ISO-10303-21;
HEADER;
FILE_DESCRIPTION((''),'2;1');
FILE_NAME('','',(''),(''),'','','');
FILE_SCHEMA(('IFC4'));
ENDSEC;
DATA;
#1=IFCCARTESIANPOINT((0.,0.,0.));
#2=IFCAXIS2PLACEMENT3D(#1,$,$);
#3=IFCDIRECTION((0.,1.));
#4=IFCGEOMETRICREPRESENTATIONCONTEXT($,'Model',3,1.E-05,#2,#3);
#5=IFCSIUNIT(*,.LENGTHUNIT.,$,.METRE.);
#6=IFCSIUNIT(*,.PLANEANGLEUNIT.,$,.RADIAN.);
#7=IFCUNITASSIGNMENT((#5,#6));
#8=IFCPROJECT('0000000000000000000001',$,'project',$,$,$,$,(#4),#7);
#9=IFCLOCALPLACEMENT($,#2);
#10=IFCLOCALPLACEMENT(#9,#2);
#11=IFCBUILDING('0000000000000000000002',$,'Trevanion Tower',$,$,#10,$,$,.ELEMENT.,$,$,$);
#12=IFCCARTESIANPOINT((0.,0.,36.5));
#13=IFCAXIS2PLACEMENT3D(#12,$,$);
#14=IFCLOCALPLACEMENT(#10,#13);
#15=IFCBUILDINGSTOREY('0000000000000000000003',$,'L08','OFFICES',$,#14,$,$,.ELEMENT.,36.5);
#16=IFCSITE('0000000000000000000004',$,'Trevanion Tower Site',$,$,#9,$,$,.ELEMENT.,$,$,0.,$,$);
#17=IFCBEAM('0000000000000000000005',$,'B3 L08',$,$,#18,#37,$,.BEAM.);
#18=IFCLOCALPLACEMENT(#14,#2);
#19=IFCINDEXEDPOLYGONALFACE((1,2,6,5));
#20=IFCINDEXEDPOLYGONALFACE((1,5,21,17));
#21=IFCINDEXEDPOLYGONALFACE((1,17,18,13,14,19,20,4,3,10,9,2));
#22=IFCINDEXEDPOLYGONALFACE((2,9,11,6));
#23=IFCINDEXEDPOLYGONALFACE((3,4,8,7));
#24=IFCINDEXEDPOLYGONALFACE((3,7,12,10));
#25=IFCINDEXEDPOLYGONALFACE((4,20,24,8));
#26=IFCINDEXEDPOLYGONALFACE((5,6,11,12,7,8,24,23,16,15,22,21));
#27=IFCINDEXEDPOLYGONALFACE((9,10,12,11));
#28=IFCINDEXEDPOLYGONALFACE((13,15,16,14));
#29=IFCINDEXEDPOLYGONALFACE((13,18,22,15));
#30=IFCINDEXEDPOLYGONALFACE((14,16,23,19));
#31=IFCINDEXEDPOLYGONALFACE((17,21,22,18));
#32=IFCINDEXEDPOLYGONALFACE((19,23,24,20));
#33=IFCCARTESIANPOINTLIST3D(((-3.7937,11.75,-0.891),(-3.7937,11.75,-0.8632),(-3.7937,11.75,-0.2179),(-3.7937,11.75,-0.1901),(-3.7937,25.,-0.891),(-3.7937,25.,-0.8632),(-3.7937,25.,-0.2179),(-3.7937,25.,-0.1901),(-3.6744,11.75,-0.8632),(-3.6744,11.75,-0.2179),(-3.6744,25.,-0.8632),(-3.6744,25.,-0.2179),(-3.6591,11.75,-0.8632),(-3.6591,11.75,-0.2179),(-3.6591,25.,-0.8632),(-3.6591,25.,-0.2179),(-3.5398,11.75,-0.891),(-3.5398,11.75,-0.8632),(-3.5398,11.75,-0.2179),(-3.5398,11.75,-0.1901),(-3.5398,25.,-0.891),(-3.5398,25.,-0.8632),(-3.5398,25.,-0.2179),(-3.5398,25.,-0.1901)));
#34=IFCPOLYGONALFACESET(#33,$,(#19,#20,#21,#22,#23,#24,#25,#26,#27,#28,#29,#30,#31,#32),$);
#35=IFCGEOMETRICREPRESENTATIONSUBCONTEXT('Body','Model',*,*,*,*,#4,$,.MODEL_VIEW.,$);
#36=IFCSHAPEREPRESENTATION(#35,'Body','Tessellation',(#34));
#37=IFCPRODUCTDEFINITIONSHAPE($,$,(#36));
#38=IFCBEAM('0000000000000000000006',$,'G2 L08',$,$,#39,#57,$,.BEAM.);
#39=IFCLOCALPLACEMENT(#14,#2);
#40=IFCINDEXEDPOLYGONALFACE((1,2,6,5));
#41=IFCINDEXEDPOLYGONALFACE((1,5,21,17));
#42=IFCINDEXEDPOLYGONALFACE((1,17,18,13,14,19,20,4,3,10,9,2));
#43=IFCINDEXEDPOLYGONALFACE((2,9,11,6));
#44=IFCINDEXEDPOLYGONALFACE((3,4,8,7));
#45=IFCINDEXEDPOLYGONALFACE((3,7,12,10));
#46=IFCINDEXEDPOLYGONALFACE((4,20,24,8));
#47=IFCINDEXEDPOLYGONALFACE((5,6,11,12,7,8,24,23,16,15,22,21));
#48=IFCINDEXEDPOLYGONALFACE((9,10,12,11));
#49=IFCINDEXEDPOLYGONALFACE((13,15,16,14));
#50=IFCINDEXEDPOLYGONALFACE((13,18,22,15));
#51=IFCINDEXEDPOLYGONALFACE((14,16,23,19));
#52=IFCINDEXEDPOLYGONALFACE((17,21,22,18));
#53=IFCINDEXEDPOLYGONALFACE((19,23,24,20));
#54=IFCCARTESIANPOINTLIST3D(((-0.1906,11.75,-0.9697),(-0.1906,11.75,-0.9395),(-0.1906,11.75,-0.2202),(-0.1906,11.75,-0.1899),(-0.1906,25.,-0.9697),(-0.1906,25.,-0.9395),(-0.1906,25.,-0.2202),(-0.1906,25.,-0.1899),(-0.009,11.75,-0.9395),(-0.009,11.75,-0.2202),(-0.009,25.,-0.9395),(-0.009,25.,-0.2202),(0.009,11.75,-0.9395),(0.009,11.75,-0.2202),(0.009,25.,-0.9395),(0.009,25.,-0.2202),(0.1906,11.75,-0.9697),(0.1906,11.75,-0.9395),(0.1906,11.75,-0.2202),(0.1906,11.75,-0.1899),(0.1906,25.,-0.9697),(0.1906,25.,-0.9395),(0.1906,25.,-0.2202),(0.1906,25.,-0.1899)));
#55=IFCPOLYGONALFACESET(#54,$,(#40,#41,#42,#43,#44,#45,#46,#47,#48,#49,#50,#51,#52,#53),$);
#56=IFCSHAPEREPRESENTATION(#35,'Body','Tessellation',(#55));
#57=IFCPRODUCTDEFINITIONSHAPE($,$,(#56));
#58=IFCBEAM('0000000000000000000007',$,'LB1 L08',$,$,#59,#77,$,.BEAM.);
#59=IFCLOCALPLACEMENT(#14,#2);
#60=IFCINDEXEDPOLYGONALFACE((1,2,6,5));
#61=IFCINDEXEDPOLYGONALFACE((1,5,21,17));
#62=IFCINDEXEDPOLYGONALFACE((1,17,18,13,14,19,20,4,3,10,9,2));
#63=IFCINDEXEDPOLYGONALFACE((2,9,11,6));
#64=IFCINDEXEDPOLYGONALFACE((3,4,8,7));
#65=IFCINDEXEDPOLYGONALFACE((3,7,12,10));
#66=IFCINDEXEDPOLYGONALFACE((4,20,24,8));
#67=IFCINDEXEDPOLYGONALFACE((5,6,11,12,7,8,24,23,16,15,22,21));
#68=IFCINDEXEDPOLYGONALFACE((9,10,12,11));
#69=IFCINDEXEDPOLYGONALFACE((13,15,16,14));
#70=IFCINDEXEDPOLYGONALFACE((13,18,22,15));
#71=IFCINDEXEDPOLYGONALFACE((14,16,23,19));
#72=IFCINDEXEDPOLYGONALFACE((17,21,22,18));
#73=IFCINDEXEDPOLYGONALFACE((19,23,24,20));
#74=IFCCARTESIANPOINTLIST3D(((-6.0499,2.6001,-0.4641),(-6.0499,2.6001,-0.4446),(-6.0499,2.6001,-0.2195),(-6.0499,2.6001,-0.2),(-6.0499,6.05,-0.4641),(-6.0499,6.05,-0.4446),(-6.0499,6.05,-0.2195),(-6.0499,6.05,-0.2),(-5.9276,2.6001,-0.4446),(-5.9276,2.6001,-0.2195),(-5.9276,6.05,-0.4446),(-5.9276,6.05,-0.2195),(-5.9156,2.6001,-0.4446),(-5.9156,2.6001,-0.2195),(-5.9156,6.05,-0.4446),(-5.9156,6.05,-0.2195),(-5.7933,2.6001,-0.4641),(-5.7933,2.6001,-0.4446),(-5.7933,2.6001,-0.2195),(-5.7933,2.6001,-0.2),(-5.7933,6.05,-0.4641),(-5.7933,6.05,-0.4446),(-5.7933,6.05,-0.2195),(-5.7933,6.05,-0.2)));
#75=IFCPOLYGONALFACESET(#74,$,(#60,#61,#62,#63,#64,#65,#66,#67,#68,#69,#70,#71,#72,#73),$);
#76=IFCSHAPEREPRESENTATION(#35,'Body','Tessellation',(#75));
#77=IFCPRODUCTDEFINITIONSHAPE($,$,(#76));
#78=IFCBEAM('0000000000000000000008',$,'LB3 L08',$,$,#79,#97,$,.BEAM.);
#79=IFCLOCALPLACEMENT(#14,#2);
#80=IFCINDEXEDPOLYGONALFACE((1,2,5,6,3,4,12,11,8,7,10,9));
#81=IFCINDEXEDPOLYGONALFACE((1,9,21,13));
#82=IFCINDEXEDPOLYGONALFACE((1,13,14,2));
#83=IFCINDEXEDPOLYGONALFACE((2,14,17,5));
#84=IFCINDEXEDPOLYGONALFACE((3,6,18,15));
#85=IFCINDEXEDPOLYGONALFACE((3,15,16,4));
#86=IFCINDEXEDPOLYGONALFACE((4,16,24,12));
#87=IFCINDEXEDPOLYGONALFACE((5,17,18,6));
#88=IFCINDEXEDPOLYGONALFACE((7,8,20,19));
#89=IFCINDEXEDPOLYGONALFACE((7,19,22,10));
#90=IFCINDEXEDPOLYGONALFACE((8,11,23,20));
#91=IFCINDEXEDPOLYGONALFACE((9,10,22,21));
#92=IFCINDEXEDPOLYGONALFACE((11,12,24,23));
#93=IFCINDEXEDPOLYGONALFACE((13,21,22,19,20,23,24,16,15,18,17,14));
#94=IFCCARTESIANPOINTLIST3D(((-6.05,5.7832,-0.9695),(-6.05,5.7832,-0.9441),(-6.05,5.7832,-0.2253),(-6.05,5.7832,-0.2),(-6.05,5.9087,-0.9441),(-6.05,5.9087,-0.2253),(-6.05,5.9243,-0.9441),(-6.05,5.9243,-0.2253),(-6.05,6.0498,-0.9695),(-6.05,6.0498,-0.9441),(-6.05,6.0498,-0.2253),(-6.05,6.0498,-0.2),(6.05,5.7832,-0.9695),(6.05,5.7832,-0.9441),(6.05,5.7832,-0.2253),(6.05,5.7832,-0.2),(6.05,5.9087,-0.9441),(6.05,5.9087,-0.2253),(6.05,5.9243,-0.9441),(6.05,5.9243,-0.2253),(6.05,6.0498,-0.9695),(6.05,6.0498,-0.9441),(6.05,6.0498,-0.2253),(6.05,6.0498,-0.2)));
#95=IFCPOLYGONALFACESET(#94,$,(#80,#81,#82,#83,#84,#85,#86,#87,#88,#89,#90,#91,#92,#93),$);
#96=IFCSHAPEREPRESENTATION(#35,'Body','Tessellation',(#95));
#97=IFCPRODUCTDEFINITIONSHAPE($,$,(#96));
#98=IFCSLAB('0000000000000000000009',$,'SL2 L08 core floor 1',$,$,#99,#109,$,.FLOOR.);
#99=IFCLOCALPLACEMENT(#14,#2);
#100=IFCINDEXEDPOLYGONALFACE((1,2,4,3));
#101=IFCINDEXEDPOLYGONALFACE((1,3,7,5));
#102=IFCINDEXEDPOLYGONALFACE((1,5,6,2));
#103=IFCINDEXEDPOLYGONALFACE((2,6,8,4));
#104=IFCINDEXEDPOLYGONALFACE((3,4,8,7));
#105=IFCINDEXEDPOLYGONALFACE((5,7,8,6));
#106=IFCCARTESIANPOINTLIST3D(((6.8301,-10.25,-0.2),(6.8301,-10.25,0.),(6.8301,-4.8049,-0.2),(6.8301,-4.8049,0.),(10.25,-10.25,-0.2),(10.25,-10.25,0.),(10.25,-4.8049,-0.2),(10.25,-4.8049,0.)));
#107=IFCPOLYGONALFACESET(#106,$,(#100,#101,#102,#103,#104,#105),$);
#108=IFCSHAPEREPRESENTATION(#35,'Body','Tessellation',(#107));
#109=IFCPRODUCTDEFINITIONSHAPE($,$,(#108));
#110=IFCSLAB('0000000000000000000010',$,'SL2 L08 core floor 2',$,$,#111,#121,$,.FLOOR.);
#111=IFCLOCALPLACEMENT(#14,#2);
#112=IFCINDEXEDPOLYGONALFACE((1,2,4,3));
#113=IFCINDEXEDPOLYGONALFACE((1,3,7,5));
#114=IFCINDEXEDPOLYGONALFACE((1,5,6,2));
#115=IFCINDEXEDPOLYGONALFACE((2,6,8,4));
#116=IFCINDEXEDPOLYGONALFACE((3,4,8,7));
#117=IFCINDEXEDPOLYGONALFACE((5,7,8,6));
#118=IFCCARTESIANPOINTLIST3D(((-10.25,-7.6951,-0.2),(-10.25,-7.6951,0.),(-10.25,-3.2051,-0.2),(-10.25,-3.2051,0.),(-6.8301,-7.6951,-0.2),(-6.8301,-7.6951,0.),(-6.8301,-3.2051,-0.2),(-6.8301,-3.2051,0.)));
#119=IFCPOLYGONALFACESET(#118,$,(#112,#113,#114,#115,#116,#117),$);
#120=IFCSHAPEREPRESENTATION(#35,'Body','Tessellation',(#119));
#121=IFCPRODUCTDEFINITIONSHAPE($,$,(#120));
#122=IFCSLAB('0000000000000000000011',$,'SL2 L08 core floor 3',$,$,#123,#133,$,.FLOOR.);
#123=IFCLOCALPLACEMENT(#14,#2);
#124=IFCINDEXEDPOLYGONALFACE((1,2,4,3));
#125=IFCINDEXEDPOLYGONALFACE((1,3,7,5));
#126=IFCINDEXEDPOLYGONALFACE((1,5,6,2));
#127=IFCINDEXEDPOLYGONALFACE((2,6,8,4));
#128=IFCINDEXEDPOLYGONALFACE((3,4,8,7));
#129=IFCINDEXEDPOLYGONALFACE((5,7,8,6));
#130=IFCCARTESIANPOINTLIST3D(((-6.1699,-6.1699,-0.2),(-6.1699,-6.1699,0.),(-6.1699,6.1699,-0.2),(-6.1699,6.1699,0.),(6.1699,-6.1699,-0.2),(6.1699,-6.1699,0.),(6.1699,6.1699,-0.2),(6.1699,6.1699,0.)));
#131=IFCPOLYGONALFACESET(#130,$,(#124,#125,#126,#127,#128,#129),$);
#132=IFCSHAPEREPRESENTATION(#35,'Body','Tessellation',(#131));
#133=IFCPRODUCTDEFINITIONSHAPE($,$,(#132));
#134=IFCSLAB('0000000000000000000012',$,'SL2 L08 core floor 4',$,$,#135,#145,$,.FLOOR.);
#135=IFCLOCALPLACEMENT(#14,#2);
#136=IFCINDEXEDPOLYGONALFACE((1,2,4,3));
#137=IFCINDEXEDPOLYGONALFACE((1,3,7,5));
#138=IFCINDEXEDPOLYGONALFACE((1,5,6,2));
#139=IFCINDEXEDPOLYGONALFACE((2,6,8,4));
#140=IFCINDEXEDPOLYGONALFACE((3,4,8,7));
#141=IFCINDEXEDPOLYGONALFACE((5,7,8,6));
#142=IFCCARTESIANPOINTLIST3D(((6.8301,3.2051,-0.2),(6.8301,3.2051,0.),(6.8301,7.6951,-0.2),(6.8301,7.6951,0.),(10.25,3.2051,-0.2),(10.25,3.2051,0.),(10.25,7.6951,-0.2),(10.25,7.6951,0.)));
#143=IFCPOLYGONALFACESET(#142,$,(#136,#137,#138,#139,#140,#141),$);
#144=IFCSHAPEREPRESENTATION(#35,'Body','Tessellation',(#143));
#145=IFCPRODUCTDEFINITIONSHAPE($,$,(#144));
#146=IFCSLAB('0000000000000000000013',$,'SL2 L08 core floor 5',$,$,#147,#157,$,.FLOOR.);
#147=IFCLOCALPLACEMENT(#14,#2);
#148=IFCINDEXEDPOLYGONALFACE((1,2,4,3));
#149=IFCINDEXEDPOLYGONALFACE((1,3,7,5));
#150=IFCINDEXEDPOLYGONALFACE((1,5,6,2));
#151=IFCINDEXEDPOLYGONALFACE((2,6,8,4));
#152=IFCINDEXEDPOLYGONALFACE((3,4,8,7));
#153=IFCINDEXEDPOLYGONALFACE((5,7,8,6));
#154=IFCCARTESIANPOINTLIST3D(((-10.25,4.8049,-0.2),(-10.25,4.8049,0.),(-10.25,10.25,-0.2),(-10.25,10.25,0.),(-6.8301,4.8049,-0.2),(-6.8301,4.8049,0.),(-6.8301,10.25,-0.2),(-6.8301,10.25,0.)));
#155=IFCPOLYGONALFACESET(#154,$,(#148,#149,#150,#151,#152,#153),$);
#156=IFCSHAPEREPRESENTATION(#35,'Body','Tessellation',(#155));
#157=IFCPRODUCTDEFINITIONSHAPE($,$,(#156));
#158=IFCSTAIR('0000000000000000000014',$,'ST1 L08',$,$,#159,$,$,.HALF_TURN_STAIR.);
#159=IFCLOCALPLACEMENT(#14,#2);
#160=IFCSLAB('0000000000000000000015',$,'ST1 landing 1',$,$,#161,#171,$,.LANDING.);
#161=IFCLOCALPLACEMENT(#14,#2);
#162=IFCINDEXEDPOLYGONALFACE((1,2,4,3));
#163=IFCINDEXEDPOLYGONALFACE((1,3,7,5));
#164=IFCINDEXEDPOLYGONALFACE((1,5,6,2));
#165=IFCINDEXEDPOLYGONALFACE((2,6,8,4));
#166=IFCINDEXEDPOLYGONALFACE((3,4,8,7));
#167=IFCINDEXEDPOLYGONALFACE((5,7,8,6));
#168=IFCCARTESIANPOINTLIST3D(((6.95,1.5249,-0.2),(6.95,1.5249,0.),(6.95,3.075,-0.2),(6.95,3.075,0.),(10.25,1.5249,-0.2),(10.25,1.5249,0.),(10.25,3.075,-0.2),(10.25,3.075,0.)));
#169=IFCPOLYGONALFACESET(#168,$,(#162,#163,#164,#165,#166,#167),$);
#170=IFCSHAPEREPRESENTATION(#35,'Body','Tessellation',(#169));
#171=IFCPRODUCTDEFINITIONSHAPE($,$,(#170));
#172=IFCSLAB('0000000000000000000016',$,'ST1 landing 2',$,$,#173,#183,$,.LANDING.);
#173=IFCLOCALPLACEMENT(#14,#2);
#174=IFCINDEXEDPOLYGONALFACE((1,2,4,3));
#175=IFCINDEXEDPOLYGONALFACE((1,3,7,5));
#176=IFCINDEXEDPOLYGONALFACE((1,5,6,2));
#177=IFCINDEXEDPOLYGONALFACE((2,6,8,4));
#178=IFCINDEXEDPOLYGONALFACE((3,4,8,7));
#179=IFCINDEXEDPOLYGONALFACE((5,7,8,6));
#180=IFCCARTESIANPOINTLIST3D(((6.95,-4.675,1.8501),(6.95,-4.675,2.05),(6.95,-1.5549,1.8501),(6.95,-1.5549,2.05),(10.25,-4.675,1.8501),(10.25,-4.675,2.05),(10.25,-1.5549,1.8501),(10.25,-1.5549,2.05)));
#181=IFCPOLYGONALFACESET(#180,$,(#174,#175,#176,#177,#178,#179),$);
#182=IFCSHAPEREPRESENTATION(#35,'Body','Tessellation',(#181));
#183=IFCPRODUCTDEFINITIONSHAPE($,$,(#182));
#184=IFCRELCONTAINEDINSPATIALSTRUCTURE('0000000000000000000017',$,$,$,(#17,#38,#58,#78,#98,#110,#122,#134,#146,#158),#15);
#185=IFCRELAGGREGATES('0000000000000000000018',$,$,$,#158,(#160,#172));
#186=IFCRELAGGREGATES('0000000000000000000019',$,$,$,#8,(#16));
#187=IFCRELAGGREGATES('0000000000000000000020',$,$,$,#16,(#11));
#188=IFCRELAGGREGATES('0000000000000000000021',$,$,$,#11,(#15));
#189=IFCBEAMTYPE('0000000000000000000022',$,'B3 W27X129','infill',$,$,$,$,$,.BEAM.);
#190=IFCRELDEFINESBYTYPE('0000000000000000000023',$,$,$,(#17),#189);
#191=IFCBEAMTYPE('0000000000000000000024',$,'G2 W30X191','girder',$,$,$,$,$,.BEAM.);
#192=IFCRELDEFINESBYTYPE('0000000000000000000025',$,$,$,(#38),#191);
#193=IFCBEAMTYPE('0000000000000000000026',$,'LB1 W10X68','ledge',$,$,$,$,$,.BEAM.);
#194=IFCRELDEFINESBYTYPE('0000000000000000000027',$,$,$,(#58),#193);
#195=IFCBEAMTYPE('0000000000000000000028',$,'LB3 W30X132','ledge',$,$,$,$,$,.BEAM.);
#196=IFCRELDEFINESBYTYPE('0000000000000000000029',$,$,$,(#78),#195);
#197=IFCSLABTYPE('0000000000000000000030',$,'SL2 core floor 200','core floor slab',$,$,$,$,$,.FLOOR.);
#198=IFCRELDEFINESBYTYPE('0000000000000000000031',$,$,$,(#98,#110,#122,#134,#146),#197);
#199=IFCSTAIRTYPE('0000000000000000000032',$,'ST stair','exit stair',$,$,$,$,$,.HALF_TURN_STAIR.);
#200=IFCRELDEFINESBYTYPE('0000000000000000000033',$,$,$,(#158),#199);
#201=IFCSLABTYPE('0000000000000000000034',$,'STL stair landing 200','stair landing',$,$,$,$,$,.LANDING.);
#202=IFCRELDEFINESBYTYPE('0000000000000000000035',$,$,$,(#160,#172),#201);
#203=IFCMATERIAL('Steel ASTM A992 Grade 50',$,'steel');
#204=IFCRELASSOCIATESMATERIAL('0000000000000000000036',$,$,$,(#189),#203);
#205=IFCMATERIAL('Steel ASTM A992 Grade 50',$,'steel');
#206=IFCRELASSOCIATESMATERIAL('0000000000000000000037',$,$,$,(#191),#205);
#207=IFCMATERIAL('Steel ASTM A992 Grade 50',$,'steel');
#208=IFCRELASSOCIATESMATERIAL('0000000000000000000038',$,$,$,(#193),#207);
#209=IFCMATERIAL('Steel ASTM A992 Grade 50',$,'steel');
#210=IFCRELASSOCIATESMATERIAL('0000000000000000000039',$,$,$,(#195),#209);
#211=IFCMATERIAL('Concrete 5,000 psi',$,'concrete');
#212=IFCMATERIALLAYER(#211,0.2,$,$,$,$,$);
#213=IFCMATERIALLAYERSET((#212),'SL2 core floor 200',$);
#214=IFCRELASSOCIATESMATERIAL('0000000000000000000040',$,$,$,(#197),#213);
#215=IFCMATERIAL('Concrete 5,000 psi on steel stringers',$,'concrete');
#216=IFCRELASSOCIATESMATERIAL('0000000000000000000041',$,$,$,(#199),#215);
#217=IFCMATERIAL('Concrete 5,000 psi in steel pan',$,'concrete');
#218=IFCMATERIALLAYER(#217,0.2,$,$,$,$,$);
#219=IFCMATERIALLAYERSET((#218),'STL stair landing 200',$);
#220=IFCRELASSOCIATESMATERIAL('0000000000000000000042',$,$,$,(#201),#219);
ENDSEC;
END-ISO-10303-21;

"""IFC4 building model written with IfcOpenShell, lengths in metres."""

from ifc_helpers import new_model, si_unit, direction, frame, origin, origin_2d, place, context, subcontext, project, spatial, polyline, i_section, outline, extrude, material, layer, layer_set, material_profile, profile_set, type_object, element, aggregate, save


model = new_model("IFC4")

# Units and contexts
model_context = context("Model", 3, precision=1e-05, world=origin(), true_north=direction((0.0, 1.0)))
body_context = subcontext(model_context, "Body", "Model", "MODEL_VIEW")
ifc_project = project(units=[si_unit("LENGTHUNIT", "METRE"), si_unit("PLANEANGLEUNIT", "RADIAN")], contexts=[model_context])

# Site, building, storey
site_placement = place(None, origin())
site = spatial("IfcSite", under=ifc_project, at=site_placement, Name="Trevanion Tower Site", CompositionType="ELEMENT", RefElevation=0.0)
building_placement = place(site_placement, origin())
building = spatial("IfcBuilding", under=site, at=building_placement, Name="Trevanion Tower", CompositionType="ELEMENT")
storey_placement = place(building_placement, frame((0.0, 0.0, 36.5)))
storey = spatial("IfcBuildingStorey", under=building, at=storey_placement, Name="L08", Description="OFFICES", CompositionType="ELEMENT", Elevation=36.5)

# Beams
ifc_material_1 = material(Name="Steel ASTM A992 Grade 50", Category="steel")
ifc_material_profile_1 = material_profile(ifc_material_1, i_section(OverallWidth=0.2539, OverallDepth=0.7009, WebThickness=0.0154, FlangeThickness=0.0278, at=origin_2d()), Name="W27X129")
ifc_profile_set_1 = profile_set([ifc_material_profile_1], Name="Steel ASTM A992 Grade 50")
beam_type_1 = type_object("IfcBeamType", Name="B3 W27X129", Description="infill", PredefinedType="BEAM", material=ifc_profile_set_1)
beam_1_placement = place(storey_placement, frame((-3.6667, 11.75, -0.5405), z_axis=(0.0, 1.0, 0.0), x_axis=(-1.0, 0.0, 0.0)))
element("IfcBeam", 1, at=beam_1_placement, inside=storey, type_object=beam_type_1, Name="B3 L08", PredefinedType="BEAM", context=body_context, shape_type="SweptSolid", body=[
    extrude(i_section(OverallWidth=0.2539, OverallDepth=0.7009, WebThickness=0.0154, FlangeThickness=0.0278, at=origin_2d()), origin(), (0.0, 0.0, 1.0), 13.25),
])
ifc_material_2 = material(Name="Steel ASTM A992 Grade 50", Category="steel")
ifc_material_profile_2 = material_profile(ifc_material_2, i_section(OverallWidth=0.3811, OverallDepth=0.7798, WebThickness=0.0181, FlangeThickness=0.0303, at=origin_2d()), Name="W30X191")
ifc_profile_set_2 = profile_set([ifc_material_profile_2], Name="Steel ASTM A992 Grade 50")
beam_type_2 = type_object("IfcBeamType", Name="G2 W30X191", Description="girder", PredefinedType="BEAM", material=ifc_profile_set_2)
beam_2_placement = place(storey_placement, frame((0.0, 11.75, -0.5798), z_axis=(0.0, 1.0, 0.0), x_axis=(-1.0, 0.0, 0.0)))
element("IfcBeam", 2, at=beam_2_placement, inside=storey, type_object=beam_type_2, Name="G2 L08", PredefinedType="BEAM", context=body_context, shape_type="SweptSolid", body=[
    extrude(i_section(OverallWidth=0.3811, OverallDepth=0.7798, WebThickness=0.0181, FlangeThickness=0.0303, at=origin_2d()), origin(), (0.0, 0.0, 1.0), 13.25),
])
ifc_material_3 = material(Name="Steel ASTM A992 Grade 50", Category="steel")
ifc_material_profile_3 = material_profile(ifc_material_3, i_section(OverallWidth=0.2566, OverallDepth=0.2642, WebThickness=0.012, FlangeThickness=0.0195, at=origin_2d()), Name="W10X68")
ifc_profile_set_3 = profile_set([ifc_material_profile_3], Name="Steel ASTM A992 Grade 50")
beam_type_3 = type_object("IfcBeamType", Name="LB1 W10X68", Description="ledge", PredefinedType="BEAM", material=ifc_profile_set_3)
beam_3_placement = place(storey_placement, frame((-5.9216, 2.6001, -0.332), z_axis=(0.0, 1.0, 0.0), x_axis=(-1.0, 0.0, 0.0)))
element("IfcBeam", 3, at=beam_3_placement, inside=storey, type_object=beam_type_3, Name="LB1 L08", PredefinedType="BEAM", context=body_context, shape_type="SweptSolid", body=[
    extrude(i_section(OverallWidth=0.2566, OverallDepth=0.2642, WebThickness=0.012, FlangeThickness=0.0195, at=origin_2d()), origin(), (0.0, 0.0, 1.0), 3.45),
])
ifc_material_4 = material(Name="Steel ASTM A992 Grade 50", Category="steel")
ifc_material_profile_4 = material_profile(ifc_material_4, i_section(OverallWidth=0.2666, OverallDepth=0.7695, WebThickness=0.0156, FlangeThickness=0.0254, at=origin_2d()), Name="W30X132")
ifc_profile_set_4 = profile_set([ifc_material_profile_4], Name="Steel ASTM A992 Grade 50")
beam_type_4 = type_object("IfcBeamType", Name="LB3 W30X132", Description="ledge", PredefinedType="BEAM", material=ifc_profile_set_4)
beam_4_placement = place(storey_placement, frame((-6.05, 5.9165, -0.5847), z_axis=(1.0, 0.0, 0.0), x_axis=(0.0, 1.0, 0.0)))
element("IfcBeam", 4, at=beam_4_placement, inside=storey, type_object=beam_type_4, Name="LB3 L08", PredefinedType="BEAM", context=body_context, shape_type="SweptSolid", body=[
    extrude(i_section(OverallWidth=0.2666, OverallDepth=0.7695, WebThickness=0.0156, FlangeThickness=0.0254, at=origin_2d()), origin(), (0.0, 0.0, 1.0), 12.1001),
])

# Slabs
ifc_material_5 = material(Name="Concrete 5,000 psi", Category="concrete")
ifc_layer_1 = layer(ifc_material_5, 0.2)
ifc_layer_set_1 = layer_set([ifc_layer_1], Name="SL2 core floor 200")
slab_type_1 = type_object("IfcSlabType", Name="SL2 core floor 200", Description="core floor slab", PredefinedType="FLOOR", material=ifc_layer_set_1)
slab_1_placement = place(storey_placement, frame((0.0, 0.0, -0.2)))
element("IfcSlab", 5, at=slab_1_placement, inside=storey, type_object=slab_type_1, Name="SL2 L08 core floor 1", PredefinedType="FLOOR", context=body_context, shape_type="SweptSolid", body=[
    extrude(outline(polyline([(10.25, -4.8049), (10.25, -10.25), (6.8301, -10.25), (6.8301, -4.8049), (10.25, -4.8049)])), origin(), (0.0, 0.0, 1.0), 0.2),
])
slab_2_placement = place(storey_placement, frame((0.0, 0.0, -0.2)))
element("IfcSlab", 6, at=slab_2_placement, inside=storey, type_object=slab_type_1, Name="SL2 L08 core floor 2", PredefinedType="FLOOR", context=body_context, shape_type="SweptSolid", body=[
    extrude(outline(polyline([(-6.8301, -3.2051), (-6.8301, -7.6951), (-10.25, -7.6951), (-10.25, -3.2051), (-6.8301, -3.2051)])), origin(), (0.0, 0.0, 1.0), 0.2),
])
slab_3_placement = place(storey_placement, frame((0.0, 0.0, -0.2)))
element("IfcSlab", 7, at=slab_3_placement, inside=storey, type_object=slab_type_1, Name="SL2 L08 core floor 3", PredefinedType="FLOOR", context=body_context, shape_type="SweptSolid", body=[
    extrude(outline(polyline([(6.1699, -6.1699), (-6.1699, -6.1699), (-6.1699, 6.1699), (6.1699, 6.1699), (6.1699, -6.1699)])), origin(), (0.0, 0.0, 1.0), 0.2),
])
slab_4_placement = place(storey_placement, frame((0.0, 0.0, -0.2)))
element("IfcSlab", 8, at=slab_4_placement, inside=storey, type_object=slab_type_1, Name="SL2 L08 core floor 4", PredefinedType="FLOOR", context=body_context, shape_type="SweptSolid", body=[
    extrude(outline(polyline([(6.8301, 3.2051), (6.8301, 7.6951), (10.25, 7.6951), (10.25, 3.2051), (6.8301, 3.2051)])), origin(), (0.0, 0.0, 1.0), 0.2),
])
slab_5_placement = place(storey_placement, frame((0.0, 0.0, -0.2)))
element("IfcSlab", 9, at=slab_5_placement, inside=storey, type_object=slab_type_1, Name="SL2 L08 core floor 5", PredefinedType="FLOOR", context=body_context, shape_type="SweptSolid", body=[
    extrude(outline(polyline([(-6.8301, 4.8049), (-10.25, 4.8049), (-10.25, 10.25), (-6.8301, 10.25), (-6.8301, 4.8049)])), origin(), (0.0, 0.0, 1.0), 0.2),
])

# Stair, slabs
ifc_material_6 = material(Name="Concrete 5,000 psi on steel stringers", Category="concrete")
stair_type = type_object("IfcStairType", Name="ST stair", Description="exit stair", PredefinedType="HALF_TURN_STAIR", material=ifc_material_6)
stair_1_placement = place(storey_placement, origin())
stair_1 = element("IfcStair", 10, at=stair_1_placement, inside=storey, type_object=stair_type, Name="ST1 L08", PredefinedType="HALF_TURN_STAIR")
ifc_material_7 = material(Name="Concrete 5,000 psi in steel pan", Category="concrete")
ifc_layer_2 = layer(ifc_material_7, 0.2)
ifc_layer_set_2 = layer_set([ifc_layer_2], Name="STL stair landing 200")
slab_type_2 = type_object("IfcSlabType", Name="STL stair landing 200", Description="stair landing", PredefinedType="LANDING", material=ifc_layer_set_2)
slab_6_placement = place(storey_placement, frame((0.0, 0.0, -0.2)))
slab_6 = element("IfcSlab", 11, at=slab_6_placement, type_object=slab_type_2, Name="ST1 landing 1", PredefinedType="LANDING", context=body_context, shape_type="SweptSolid", body=[
    extrude(outline(polyline([(6.95, 1.5249), (10.25, 1.5249), (10.25, 3.075), (6.95, 3.075), (6.95, 1.5249)])), origin(), (0.0, 0.0, 1.0), 0.2),
])
slab_7_placement = place(storey_placement, frame((0.0, 0.0, 1.8501)))
slab_7 = element("IfcSlab", 12, at=slab_7_placement, type_object=slab_type_2, Name="ST1 landing 2", PredefinedType="LANDING", context=body_context, shape_type="SweptSolid", body=[
    extrude(outline(polyline([(6.95, -4.675), (10.25, -4.675), (10.25, -1.5549), (6.95, -1.5549), (6.95, -4.675)])), origin(), (0.0, 0.0, 1.0), 0.2),
])
aggregate(stair_1, [slab_6, slab_7])

save(model, "model.ifc")
